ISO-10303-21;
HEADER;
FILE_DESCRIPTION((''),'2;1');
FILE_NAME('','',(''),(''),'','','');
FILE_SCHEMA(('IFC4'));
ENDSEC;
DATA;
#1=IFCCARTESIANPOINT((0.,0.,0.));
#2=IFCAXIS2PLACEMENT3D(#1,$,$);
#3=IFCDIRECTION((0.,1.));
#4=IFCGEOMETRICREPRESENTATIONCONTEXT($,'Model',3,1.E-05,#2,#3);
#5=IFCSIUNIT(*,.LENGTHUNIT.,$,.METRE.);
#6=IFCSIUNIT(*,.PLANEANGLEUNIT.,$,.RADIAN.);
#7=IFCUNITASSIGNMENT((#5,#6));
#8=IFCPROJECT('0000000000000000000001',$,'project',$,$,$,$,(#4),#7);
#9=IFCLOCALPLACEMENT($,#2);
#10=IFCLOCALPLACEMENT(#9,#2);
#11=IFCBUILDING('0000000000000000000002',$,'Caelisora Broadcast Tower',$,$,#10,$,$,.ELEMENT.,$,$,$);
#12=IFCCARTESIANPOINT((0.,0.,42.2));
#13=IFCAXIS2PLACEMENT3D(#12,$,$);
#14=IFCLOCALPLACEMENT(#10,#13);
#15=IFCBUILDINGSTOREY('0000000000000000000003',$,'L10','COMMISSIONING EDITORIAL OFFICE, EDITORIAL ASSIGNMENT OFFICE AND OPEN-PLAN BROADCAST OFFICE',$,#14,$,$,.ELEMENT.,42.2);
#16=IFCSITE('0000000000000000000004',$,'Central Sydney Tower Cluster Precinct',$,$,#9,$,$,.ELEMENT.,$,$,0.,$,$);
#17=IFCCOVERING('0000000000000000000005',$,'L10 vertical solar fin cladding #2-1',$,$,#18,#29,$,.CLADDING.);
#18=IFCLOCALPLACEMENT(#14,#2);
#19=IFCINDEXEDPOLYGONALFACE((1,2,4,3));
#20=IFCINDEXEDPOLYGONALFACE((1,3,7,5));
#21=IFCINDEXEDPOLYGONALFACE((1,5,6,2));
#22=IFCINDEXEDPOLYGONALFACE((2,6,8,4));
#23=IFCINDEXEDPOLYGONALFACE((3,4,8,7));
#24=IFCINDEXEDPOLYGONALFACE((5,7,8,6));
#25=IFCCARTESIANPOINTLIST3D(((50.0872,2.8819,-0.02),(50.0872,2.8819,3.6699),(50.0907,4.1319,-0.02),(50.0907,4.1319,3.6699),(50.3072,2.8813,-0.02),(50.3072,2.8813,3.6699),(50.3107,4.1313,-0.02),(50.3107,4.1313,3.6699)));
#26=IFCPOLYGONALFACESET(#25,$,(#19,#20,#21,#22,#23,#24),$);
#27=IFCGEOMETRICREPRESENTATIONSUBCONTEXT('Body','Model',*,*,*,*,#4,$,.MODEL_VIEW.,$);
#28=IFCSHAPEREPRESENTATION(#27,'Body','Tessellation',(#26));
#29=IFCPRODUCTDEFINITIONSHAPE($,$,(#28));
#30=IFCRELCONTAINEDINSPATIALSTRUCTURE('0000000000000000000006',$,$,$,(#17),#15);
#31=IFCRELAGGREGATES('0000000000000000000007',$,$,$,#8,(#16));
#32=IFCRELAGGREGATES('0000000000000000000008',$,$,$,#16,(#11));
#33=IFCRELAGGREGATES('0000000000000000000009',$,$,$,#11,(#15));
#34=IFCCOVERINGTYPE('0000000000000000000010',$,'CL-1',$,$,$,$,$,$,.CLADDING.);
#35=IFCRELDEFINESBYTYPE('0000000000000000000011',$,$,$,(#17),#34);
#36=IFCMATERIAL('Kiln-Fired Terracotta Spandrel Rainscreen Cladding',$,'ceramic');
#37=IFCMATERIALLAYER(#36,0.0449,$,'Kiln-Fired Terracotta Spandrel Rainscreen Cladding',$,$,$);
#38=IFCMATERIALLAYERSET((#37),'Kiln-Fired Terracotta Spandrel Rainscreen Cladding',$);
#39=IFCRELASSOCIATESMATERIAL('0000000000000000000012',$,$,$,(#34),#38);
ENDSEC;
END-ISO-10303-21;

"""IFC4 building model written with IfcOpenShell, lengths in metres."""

from ifc_helpers import new_model, si_unit, direction, frame, origin, origin_2d, place, context, subcontext, project, spatial, rectangle, extrude, source, transform, mapped, material, layer, layer_set, type_object, type_shapes, element, save


model = new_model("IFC4")

# Units and contexts
model_context = context("Model", 3, precision=1e-05, world=origin(), true_north=direction((0.0, 1.0)))
body_context = subcontext(model_context, "Body", "Model", "MODEL_VIEW")
ifc_project = project(units=[si_unit("LENGTHUNIT", "METRE"), si_unit("PLANEANGLEUNIT", "RADIAN")], contexts=[model_context])

# Site, building, storey
site_placement = place(None, origin())
site = spatial("IfcSite", under=ifc_project, at=site_placement, Name="Central Sydney Tower Cluster Precinct", CompositionType="ELEMENT", RefElevation=0.0)
building_placement = place(site_placement, origin())
building = spatial("IfcBuilding", under=site, at=building_placement, Name="Caelisora Broadcast Tower", CompositionType="ELEMENT")
storey_placement = place(building_placement, frame((0.0, 0.0, 42.2)))
storey = spatial("IfcBuildingStorey", under=building, at=storey_placement, Name="L10", Description="COMMISSIONING EDITORIAL OFFICE, EDITORIAL ASSIGNMENT OFFICE AND OPEN-PLAN BROADCAST OFFICE", CompositionType="ELEMENT", Elevation=42.2)

# Covering
ifc_material_1 = material(Name="Kiln-Fired Terracotta Spandrel Rainscreen Cladding", Category="ceramic")
ifc_layer_1 = layer(ifc_material_1, 0.0449, Name="Kiln-Fired Terracotta Spandrel Rainscreen Cladding")
ifc_layer_set_1 = layer_set([ifc_layer_1], Name="Kiln-Fired Terracotta Spandrel Rainscreen Cladding")
covering_type = type_object("IfcCoveringType", Name="CL-1", PredefinedType="CLADDING", material=ifc_layer_set_1)
shared_shape_1 = source(origin(), body_context, "Body", "SweptSolid", [
    extrude(rectangle(XDim=0.22, YDim=1.25, at=origin_2d()), origin(), (0.0, 0.0, 1.0), 3.6899),
])
type_shapes(covering_type, [shared_shape_1])
covering_placement = place(storey_placement, frame((50.199, 3.5066, -0.02), z_axis=(0.0, 0.0, 1.0), x_axis=(-0.999996, 0.002793, 0.0)))
element("IfcCovering", 1, at=covering_placement, inside=storey, type_object=covering_type, Name="L10 vertical solar fin cladding #2-1", PredefinedType="CLADDING", context=body_context, shape_type="MappedRepresentation", body=[
    mapped(shared_shape_1, transform((0.0, 0.0, 0.0), scale=1.0)),
])

save(model, "model.ifc")
